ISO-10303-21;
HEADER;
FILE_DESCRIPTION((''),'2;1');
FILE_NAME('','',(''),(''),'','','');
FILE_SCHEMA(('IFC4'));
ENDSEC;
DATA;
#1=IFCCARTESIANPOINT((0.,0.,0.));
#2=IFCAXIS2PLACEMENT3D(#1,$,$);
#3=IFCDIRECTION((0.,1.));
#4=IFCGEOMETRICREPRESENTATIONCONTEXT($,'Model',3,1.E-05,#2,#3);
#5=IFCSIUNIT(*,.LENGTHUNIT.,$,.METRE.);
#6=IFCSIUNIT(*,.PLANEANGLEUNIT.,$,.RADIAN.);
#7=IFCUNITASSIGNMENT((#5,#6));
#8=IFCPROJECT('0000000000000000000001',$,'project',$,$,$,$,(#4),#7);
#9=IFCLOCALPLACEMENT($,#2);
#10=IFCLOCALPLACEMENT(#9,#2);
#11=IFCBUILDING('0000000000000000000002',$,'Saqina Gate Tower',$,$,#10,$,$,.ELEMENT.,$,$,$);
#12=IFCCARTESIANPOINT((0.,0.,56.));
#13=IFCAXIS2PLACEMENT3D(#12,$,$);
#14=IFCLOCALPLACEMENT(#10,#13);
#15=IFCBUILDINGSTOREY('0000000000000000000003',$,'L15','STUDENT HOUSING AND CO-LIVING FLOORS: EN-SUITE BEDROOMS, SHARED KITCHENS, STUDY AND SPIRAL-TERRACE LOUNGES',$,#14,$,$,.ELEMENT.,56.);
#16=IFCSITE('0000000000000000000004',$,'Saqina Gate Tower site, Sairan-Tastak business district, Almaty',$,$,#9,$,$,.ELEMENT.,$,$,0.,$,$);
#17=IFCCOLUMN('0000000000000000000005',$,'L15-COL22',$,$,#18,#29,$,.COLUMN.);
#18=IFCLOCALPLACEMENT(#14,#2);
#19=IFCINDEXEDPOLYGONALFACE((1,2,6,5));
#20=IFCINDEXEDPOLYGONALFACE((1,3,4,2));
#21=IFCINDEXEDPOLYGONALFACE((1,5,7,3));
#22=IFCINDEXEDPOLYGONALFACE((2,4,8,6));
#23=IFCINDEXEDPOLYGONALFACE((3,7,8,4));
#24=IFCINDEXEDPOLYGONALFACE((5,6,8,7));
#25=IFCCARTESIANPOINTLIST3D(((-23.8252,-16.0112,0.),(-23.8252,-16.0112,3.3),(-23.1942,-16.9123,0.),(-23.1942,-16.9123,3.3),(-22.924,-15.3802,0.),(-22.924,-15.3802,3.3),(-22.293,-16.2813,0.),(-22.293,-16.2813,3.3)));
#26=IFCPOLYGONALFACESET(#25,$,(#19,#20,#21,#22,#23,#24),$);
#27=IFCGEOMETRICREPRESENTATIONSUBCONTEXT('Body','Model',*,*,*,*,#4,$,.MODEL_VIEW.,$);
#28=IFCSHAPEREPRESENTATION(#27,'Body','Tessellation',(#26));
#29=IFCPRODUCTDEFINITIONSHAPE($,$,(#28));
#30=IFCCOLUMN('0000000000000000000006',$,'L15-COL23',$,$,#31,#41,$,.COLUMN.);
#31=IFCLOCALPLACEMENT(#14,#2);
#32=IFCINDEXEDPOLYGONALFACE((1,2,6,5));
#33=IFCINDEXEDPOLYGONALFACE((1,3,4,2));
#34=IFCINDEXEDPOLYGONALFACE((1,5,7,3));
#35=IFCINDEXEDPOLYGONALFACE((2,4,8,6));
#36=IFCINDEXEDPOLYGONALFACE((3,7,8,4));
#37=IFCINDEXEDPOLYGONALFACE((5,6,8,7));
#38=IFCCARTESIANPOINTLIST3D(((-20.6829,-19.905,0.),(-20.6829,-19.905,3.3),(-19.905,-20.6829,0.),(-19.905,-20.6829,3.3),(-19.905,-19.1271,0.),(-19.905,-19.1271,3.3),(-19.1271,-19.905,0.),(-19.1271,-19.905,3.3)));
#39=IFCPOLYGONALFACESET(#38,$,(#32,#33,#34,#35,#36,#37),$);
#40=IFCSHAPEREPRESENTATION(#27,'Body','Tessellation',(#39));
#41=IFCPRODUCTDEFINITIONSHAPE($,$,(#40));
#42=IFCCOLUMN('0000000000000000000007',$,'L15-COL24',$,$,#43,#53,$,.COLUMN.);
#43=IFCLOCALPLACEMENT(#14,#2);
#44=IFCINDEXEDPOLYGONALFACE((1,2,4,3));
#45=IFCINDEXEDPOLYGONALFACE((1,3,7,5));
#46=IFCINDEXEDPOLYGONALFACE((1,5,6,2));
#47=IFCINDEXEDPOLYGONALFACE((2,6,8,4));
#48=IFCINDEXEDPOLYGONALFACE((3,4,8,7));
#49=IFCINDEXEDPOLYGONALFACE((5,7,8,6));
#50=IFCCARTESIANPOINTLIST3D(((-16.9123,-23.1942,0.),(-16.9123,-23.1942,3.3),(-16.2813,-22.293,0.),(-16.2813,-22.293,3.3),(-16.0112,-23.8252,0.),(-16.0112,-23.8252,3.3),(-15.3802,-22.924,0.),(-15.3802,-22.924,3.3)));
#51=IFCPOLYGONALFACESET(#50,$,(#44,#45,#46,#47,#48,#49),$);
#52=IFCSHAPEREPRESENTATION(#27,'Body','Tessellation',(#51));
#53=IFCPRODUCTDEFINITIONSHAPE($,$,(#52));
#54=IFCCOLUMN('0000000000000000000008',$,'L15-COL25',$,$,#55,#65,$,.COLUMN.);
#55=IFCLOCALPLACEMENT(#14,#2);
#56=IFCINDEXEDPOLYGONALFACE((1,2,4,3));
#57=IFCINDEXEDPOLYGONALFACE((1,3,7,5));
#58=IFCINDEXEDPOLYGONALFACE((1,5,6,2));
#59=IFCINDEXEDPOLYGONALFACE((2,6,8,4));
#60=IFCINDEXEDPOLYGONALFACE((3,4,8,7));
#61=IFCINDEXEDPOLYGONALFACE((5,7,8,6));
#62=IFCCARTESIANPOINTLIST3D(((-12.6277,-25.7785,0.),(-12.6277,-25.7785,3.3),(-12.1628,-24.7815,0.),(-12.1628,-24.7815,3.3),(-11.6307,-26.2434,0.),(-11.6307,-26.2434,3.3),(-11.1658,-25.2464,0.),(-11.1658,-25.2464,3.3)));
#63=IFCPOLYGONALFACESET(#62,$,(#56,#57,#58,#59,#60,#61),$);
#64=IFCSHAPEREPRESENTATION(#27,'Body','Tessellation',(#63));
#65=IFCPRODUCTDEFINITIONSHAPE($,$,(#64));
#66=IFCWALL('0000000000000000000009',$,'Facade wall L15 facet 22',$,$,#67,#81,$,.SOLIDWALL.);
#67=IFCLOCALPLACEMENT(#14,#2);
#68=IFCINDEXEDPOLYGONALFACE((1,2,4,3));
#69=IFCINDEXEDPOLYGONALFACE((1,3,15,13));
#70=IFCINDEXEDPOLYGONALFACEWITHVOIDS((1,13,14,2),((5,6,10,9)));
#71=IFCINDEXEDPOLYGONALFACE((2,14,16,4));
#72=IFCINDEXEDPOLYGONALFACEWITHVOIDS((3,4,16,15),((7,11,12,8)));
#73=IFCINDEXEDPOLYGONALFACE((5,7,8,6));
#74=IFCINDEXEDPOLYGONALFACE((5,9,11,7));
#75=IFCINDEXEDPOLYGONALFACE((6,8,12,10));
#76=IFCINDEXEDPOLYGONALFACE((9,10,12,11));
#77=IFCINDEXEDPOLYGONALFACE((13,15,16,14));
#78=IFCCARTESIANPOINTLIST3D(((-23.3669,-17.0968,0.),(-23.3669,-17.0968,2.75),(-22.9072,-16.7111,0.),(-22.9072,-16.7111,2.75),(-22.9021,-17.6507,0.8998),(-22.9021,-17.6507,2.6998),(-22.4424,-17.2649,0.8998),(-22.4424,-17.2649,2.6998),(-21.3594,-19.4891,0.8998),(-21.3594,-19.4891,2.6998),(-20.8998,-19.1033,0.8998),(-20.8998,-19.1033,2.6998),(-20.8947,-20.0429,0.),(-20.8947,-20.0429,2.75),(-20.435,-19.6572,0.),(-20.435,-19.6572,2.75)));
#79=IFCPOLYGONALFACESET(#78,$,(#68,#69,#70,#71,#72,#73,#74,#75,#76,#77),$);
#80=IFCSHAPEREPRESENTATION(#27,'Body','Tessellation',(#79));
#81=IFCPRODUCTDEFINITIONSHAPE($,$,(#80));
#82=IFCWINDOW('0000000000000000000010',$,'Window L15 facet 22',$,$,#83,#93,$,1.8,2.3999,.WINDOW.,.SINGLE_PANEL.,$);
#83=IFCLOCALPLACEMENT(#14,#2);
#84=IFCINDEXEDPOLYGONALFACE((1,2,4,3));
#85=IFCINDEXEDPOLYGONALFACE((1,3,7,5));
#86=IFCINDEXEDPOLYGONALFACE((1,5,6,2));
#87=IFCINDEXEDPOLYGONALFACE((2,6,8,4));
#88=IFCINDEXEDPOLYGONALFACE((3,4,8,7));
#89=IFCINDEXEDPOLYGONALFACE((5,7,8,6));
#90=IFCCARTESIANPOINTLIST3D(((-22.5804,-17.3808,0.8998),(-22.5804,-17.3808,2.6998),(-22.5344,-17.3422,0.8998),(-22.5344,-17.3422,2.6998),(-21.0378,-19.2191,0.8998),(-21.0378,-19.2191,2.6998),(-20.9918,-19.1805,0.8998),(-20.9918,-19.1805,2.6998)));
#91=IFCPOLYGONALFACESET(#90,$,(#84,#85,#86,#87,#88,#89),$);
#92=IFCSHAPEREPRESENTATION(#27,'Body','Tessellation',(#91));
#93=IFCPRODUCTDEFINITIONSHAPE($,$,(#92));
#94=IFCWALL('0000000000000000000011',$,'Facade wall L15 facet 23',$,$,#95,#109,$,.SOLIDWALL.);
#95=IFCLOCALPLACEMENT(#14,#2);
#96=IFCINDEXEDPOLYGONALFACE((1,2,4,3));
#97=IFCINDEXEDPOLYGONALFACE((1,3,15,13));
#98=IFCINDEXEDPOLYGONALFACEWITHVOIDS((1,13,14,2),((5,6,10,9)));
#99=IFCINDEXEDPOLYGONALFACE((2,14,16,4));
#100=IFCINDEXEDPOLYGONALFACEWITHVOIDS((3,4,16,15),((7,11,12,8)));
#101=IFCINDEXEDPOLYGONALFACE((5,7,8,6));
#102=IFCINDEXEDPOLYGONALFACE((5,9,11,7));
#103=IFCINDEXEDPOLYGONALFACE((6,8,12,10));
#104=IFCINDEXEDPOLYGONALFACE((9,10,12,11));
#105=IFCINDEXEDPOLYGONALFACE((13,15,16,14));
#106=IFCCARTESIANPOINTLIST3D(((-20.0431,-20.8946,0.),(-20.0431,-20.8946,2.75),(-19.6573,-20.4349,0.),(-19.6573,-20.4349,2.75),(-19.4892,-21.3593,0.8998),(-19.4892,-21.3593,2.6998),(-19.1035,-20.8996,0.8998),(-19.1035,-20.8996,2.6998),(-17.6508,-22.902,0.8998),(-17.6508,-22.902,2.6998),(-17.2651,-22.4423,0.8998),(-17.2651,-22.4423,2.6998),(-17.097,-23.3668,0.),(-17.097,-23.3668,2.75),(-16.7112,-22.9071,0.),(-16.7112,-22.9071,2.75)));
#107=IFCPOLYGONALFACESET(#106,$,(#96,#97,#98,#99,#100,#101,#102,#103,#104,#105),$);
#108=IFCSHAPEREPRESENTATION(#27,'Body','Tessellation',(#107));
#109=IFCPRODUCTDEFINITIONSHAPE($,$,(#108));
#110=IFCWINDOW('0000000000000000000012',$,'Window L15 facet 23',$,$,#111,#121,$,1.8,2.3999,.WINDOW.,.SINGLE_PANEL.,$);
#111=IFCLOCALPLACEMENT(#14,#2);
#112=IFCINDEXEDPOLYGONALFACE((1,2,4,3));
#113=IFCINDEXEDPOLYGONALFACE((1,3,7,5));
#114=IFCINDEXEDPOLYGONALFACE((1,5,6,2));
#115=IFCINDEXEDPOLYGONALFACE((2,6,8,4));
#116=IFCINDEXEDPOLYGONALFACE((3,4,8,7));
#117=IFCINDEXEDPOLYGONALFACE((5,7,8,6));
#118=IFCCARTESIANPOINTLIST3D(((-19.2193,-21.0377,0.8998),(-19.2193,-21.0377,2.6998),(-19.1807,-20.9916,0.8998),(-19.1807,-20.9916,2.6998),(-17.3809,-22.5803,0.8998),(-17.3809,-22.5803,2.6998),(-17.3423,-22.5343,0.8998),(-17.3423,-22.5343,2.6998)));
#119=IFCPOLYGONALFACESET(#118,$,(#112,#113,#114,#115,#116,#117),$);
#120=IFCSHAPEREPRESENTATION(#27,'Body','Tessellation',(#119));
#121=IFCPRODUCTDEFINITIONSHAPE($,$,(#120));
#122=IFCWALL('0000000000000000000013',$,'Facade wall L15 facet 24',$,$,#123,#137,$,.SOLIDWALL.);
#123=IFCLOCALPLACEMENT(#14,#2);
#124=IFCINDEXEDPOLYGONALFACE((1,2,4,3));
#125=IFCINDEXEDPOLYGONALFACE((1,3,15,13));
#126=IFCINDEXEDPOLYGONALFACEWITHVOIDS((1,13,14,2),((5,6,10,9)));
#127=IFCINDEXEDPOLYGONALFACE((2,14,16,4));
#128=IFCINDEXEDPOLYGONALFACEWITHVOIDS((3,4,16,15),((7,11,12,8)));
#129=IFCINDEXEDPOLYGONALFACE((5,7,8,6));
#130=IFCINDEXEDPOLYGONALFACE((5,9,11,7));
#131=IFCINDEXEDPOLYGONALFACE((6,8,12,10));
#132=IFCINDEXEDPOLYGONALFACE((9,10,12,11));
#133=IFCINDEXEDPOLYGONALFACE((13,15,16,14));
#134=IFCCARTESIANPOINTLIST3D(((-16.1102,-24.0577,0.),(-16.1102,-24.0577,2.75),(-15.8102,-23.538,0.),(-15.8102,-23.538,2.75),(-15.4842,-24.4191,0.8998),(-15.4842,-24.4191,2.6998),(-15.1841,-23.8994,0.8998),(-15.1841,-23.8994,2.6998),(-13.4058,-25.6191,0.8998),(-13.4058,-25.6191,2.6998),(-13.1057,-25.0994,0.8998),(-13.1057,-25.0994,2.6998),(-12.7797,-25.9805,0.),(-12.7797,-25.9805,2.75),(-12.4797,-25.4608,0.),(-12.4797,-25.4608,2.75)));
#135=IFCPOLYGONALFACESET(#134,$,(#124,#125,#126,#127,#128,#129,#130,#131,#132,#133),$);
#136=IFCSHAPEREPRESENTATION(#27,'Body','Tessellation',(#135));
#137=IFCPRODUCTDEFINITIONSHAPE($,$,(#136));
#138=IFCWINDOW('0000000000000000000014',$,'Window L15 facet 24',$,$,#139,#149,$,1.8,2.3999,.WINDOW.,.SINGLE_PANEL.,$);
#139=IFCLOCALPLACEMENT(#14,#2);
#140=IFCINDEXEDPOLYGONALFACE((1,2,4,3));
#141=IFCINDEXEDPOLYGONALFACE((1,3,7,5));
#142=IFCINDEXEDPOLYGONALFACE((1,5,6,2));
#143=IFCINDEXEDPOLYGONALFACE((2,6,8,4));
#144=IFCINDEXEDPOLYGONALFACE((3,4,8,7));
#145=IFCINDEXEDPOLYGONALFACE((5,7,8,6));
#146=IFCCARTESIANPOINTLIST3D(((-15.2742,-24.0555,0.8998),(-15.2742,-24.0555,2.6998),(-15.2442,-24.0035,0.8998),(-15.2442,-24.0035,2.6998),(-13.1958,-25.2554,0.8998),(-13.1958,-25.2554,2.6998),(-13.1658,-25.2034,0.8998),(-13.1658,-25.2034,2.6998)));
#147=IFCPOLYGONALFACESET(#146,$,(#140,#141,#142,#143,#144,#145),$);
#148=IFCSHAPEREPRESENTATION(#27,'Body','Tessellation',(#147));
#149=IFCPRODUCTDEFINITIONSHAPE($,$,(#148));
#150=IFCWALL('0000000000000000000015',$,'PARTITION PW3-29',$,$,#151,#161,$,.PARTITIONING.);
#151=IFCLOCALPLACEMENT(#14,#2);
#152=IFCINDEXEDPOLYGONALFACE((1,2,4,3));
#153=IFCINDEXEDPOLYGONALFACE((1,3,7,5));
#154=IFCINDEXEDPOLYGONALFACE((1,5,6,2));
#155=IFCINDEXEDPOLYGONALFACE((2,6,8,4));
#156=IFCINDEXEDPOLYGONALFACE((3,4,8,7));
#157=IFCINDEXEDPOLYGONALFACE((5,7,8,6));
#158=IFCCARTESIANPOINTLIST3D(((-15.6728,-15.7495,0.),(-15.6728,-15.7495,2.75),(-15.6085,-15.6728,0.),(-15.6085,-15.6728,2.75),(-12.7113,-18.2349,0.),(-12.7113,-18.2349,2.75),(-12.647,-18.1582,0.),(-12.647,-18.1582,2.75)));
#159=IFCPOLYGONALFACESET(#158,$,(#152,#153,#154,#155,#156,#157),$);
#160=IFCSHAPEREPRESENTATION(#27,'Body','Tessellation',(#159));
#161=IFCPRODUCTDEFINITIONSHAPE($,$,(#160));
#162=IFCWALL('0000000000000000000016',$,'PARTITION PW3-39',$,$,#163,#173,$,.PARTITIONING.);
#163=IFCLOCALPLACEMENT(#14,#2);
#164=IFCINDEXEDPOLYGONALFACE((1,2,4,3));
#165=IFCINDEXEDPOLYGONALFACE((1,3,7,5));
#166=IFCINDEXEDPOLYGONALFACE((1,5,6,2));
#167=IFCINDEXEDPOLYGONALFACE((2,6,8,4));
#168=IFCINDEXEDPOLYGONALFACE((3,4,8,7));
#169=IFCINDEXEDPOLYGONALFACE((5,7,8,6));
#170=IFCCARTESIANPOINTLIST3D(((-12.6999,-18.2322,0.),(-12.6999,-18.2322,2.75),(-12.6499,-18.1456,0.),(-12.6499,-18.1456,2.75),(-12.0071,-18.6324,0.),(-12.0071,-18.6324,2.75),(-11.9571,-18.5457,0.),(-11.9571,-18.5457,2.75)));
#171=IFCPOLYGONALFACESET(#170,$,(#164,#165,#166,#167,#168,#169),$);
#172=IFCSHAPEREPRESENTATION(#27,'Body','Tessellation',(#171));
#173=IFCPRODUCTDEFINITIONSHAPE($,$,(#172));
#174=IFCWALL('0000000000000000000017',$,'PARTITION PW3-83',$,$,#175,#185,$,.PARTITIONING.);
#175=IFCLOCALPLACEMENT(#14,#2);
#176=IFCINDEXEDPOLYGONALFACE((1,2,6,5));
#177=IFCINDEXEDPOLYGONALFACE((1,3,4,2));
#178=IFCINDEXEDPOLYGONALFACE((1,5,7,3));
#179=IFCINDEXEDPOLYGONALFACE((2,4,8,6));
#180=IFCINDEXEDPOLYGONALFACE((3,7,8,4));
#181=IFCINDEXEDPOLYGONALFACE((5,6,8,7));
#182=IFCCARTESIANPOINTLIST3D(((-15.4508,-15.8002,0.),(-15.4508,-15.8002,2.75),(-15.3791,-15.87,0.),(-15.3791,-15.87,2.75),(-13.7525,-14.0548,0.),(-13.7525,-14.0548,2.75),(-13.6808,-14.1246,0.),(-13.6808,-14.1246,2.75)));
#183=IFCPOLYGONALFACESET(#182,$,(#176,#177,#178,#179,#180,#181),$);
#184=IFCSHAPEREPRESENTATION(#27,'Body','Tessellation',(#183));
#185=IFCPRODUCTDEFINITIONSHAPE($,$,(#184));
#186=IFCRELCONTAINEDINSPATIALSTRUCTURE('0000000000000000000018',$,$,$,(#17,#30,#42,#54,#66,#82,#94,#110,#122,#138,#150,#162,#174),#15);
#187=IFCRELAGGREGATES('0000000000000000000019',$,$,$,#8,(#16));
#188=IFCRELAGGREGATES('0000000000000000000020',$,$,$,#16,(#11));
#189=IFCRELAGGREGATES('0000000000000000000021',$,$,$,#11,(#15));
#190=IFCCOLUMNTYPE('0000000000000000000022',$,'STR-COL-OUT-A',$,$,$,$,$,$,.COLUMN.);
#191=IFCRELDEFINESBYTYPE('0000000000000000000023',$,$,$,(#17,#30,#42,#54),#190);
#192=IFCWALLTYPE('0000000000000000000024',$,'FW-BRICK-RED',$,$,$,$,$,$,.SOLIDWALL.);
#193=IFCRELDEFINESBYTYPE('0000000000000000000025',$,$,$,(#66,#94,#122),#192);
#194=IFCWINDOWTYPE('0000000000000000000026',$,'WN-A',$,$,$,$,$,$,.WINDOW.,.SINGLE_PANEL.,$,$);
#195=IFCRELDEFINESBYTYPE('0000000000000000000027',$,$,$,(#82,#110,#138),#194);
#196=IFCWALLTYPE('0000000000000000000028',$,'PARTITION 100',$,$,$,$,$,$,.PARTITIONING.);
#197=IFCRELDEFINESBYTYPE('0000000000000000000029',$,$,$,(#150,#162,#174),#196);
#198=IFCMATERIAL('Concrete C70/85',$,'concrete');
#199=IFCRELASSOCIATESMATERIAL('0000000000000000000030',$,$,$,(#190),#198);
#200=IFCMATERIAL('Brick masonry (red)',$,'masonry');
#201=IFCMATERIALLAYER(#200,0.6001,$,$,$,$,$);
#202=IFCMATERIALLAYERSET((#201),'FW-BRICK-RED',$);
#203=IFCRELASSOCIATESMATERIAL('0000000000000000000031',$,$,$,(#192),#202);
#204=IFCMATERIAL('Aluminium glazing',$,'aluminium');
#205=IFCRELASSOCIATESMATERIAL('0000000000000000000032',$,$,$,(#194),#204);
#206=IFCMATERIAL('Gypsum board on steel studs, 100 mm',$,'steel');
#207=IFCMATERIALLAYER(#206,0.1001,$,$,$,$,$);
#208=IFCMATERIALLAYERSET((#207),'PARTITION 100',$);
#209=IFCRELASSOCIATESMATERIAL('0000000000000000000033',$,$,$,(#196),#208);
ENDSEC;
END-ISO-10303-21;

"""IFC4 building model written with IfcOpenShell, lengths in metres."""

from ifc_helpers import new_model, si_unit, direction, frame, frame_2d, origin, origin_2d, place, context, subcontext, project, spatial, rectangle, extrude, material, layer, layer_set, material_profile, profile_set, type_object, element, fill, save


model = new_model("IFC4")

# Units and contexts
model_context = context("Model", 3, precision=1e-05, world=origin(), true_north=direction((0.0, 1.0)))
body_context = subcontext(model_context, "Body", "Model", "MODEL_VIEW")
ifc_project = project(units=[si_unit("LENGTHUNIT", "METRE"), si_unit("PLANEANGLEUNIT", "RADIAN")], contexts=[model_context])

# Site, building, storey
site_placement = place(None, origin())
site = spatial("IfcSite", under=ifc_project, at=site_placement, Name="Saqina Gate Tower site, Sairan-Tastak business district, Almaty", CompositionType="ELEMENT", RefElevation=0.0)
building_placement = place(site_placement, origin())
building = spatial("IfcBuilding", under=site, at=building_placement, Name="Saqina Gate Tower", CompositionType="ELEMENT")
storey_placement = place(building_placement, frame((0.0, 0.0, 56.0)))
storey = spatial("IfcBuildingStorey", under=building, at=storey_placement, Name="L15", Description="STUDENT HOUSING AND CO-LIVING FLOORS: EN-SUITE BEDROOMS, SHARED KITCHENS, STUDY AND SPIRAL-TERRACE LOUNGES", CompositionType="ELEMENT", Elevation=56.0)

# Columns
ifc_material_1 = material(Name="Concrete C70/85", Category="concrete")
ifc_material_profile = material_profile(ifc_material_1, rectangle(XDim=1.1001, YDim=1.1001, at=origin_2d()), Name="RC 1100x1100")
ifc_profile_set = profile_set([ifc_material_profile], Name="Concrete C70/85")
column_type = type_object("IfcColumnType", Name="STR-COL-OUT-A", PredefinedType="COLUMN", material=ifc_profile_set)
for number, where, z_axis, x_axis, name in (
    (1, (-23.0591, -16.1462, 0.0), (0.0, 0.0, 1.0), (-0.819152, -0.573576, 0.0), "L15-COL22"),
    (2, (-19.905, -19.905, 0.0), (0.0, 0.0, 1.0), (-0.707107, -0.707107, 0.0), "L15-COL23"),
    (3, (-16.1462, -23.0591, 0.0), (0.0, 0.0, 1.0), (-0.573576, -0.819152, 0.0), "L15-COL24"),
    (4, (-11.8967, -25.5125, 0.0), (0.0, 0.0, 1.0), (-0.422618, -0.906308, 0.0), "L15-COL25"),
):
    element("IfcColumn", number, at=place(storey_placement, frame(where, z_axis=z_axis, x_axis=x_axis)), inside=storey, type_object=column_type, Name=name, PredefinedType="COLUMN", context=body_context, shape_type="SweptSolid", body=[
        extrude(rectangle(XDim=1.1001, YDim=1.1001, at=origin_2d()), origin(), (0.0, 0.0, 1.0), 3.3),
    ])

# Walls, openings, windows
ifc_material_2 = material(Name="Brick masonry (red)", Category="masonry")
ifc_layer_1 = layer(ifc_material_2, 0.6001)
ifc_layer_set_1 = layer_set([ifc_layer_1], Name="FW-BRICK-RED")
wall_type_1 = type_object("IfcWallType", Name="FW-BRICK-RED", PredefinedType="SOLIDWALL", material=ifc_layer_set_1)
wall_1_placement = place(storey_placement, frame((-23.137, -16.9041, 0.0), z_axis=(0.0, 0.0, 1.0), x_axis=(0.642809, -0.766026, 0.0)))
wall_1 = element("IfcWall", 5, at=wall_1_placement, inside=storey, type_object=wall_type_1, Name="Facade wall L15 facet 22", PredefinedType="SOLIDWALL", context=body_context, shape_type="SweptSolid", body=[
    extrude(rectangle(XDim=3.8459, YDim=0.6001, at=frame_2d((1.9229, 0.0))), origin(), (0.0, 0.0, 1.0), 2.75),
])
opening_1_placement = place(wall_1_placement, frame((0.7229, 0.0, 0.8999)))
opening_1 = element("IfcOpeningElement", 6, at=opening_1_placement, cuts=wall_1, PredefinedType="OPENING", context=body_context, shape_type="SweptSolid", body=[
    extrude(rectangle(XDim=2.3999, YDim=1.8, at=frame_2d((1.2, 0.8999))), frame((0.0, 0.312, 0.0), z_axis=(0.0, -1.0, 0.0), x_axis=(1.0, 0.0, 0.0)), (0.0, 0.0, 1.0), 0.624),
])
ifc_material_3 = material(Name="Aluminium glazing", Category="aluminium")
window_type = type_object("IfcWindowType", Name="WN-A", PartitioningType="SINGLE_PANEL", PredefinedType="WINDOW", material=ifc_material_3)
window_1_placement = place(opening_1_placement, origin())
window_1 = element("IfcWindow", 7, at=window_1_placement, inside=storey, type_object=window_type, Name="Window L15 facet 22", OverallHeight=1.8, OverallWidth=2.3999, PartitioningType="SINGLE_PANEL", PredefinedType="WINDOW", context=body_context, shape_type="SweptSolid", body=[
    extrude(rectangle(XDim=2.3999, YDim=1.8, at=frame_2d((1.2, 0.8999))), frame((0.0, 0.1799, 0.0), z_axis=(0.0, -1.0, 0.0), x_axis=(1.0, 0.0, 0.0)), (0.0, 0.0, 1.0), 0.0601),
])
fill(opening_1, window_1)
wall_2_placement = place(storey_placement, frame((-19.8501, -20.6648, 0.0), z_axis=(0.0, 0.0, 1.0), x_axis=(0.766026, -0.642809, 0.0)))
wall_2 = element("IfcWall", 8, at=wall_2_placement, inside=storey, type_object=wall_type_1, Name="Facade wall L15 facet 23", PredefinedType="SOLIDWALL", context=body_context, shape_type="SweptSolid", body=[
    extrude(rectangle(XDim=3.8459, YDim=0.6001, at=frame_2d((1.9229, 0.0))), origin(), (0.0, 0.0, 1.0), 2.75),
])
opening_2_placement = place(wall_2_placement, frame((0.7229, 0.0, 0.8999)))
opening_2 = element("IfcOpeningElement", 9, at=opening_2_placement, cuts=wall_2, PredefinedType="OPENING", context=body_context, shape_type="SweptSolid", body=[
    extrude(rectangle(XDim=2.3999, YDim=1.8, at=frame_2d((1.2, 0.8999))), frame((0.0, 0.312, 0.0), z_axis=(0.0, -1.0, 0.0), x_axis=(1.0, 0.0, 0.0)), (0.0, 0.0, 1.0), 0.624),
])
window_2_placement = place(opening_2_placement, origin())
window_2 = element("IfcWindow", 10, at=window_2_placement, inside=storey, type_object=window_type, Name="Window L15 facet 23", OverallHeight=1.8, OverallWidth=2.3999, PartitioningType="SINGLE_PANEL", PredefinedType="WINDOW", context=body_context, shape_type="SweptSolid", body=[
    extrude(rectangle(XDim=2.3999, YDim=1.8, at=frame_2d((1.2, 0.8999))), frame((0.0, 0.1799, 0.0), z_axis=(0.0, -1.0, 0.0), x_axis=(1.0, 0.0, 0.0)), (0.0, 0.0, 1.0), 0.0601),
])
fill(opening_2, window_2)
wall_3_placement = place(storey_placement, frame((-15.9602, -23.7979, 0.0), z_axis=(0.0, 0.0, 1.0), x_axis=(0.866031, -0.49999, 0.0)))
wall_3 = element("IfcWall", 11, at=wall_3_placement, inside=storey, type_object=wall_type_1, Name="Facade wall L15 facet 24", PredefinedType="SOLIDWALL", context=body_context, shape_type="SweptSolid", body=[
    extrude(rectangle(XDim=3.8457, YDim=0.6001, at=frame_2d((1.9229, 0.0))), origin(), (0.0, 0.0, 1.0), 2.75),
])
opening_3_placement = place(wall_3_placement, frame((0.7229, 0.0, 0.8999)))
opening_3 = element("IfcOpeningElement", 12, at=opening_3_placement, cuts=wall_3, PredefinedType="OPENING", context=body_context, shape_type="SweptSolid", body=[
    extrude(rectangle(XDim=2.3999, YDim=1.8, at=frame_2d((1.2, 0.8999))), frame((0.0, 0.312, 0.0), z_axis=(0.0, -1.0, 0.0), x_axis=(1.0, 0.0, 0.0)), (0.0, 0.0, 1.0), 0.624),
])
window_3_placement = place(opening_3_placement, origin())
window_3 = element("IfcWindow", 13, at=window_3_placement, inside=storey, type_object=window_type, Name="Window L15 facet 24", OverallHeight=1.8, OverallWidth=2.3999, PartitioningType="SINGLE_PANEL", PredefinedType="WINDOW", context=body_context, shape_type="SweptSolid", body=[
    extrude(rectangle(XDim=2.3999, YDim=1.8, at=frame_2d((1.2, 0.8999))), frame((0.0, 0.1799, 0.0), z_axis=(0.0, -1.0, 0.0), x_axis=(1.0, 0.0, 0.0)), (0.0, 0.0, 1.0), 0.0601),
])
fill(opening_3, window_3)

# Walls
ifc_material_4 = material(Name="Gypsum board on steel studs, 100 mm", Category="steel")
ifc_layer_2 = layer(ifc_material_4, 0.1001)
ifc_layer_set_2 = layer_set([ifc_layer_2], Name="PARTITION 100")
wall_type_2 = type_object("IfcWallType", Name="PARTITION 100", PredefinedType="PARTITIONING", material=ifc_layer_set_2)
wall_4_placement = place(storey_placement, frame((-15.6406, -15.7112, 0.0), z_axis=(0.0, 0.0, 1.0), x_axis=(0.765991, -0.642851, 0.0)))
element("IfcWall", 14, at=wall_4_placement, inside=storey, type_object=wall_type_2, Name="PARTITION PW3-29", PredefinedType="PARTITIONING", context=body_context, shape_type="SweptSolid", body=[
    extrude(rectangle(XDim=3.8662, YDim=0.1001, at=frame_2d((1.9331, 0.0))), origin(), (0.0, 0.0, 1.0), 2.75),
])
wall_5_placement = place(storey_placement, frame((-12.6748, -18.189, 0.0), z_axis=(0.0, 0.0, 1.0), x_axis=(0.865962, -0.50011, 0.0)))
element("IfcWall", 15, at=wall_5_placement, inside=storey, type_object=wall_type_2, Name="PARTITION PW3-39", PredefinedType="PARTITIONING", context=body_context, shape_type="SweptSolid", body=[
    extrude(rectangle(XDim=0.8, YDim=0.1001, at=frame_2d((0.3999, 0.0))), origin(), (0.0, 0.0, 1.0), 2.75),
])
wall_6_placement = place(storey_placement, frame((-15.415, -15.8352, 0.0), z_axis=(0.0, 0.0, 1.0), x_axis=(0.697366, 0.716715, 0.0)))
element("IfcWall", 16, at=wall_6_placement, inside=storey, type_object=wall_type_2, Name="PARTITION PW3-83", PredefinedType="PARTITIONING", context=body_context, shape_type="SweptSolid", body=[
    extrude(rectangle(XDim=2.4353, YDim=0.1001, at=frame_2d((1.2178, 0.0))), origin(), (0.0, 0.0, 1.0), 2.75),
])

save(model, "model.ifc")
